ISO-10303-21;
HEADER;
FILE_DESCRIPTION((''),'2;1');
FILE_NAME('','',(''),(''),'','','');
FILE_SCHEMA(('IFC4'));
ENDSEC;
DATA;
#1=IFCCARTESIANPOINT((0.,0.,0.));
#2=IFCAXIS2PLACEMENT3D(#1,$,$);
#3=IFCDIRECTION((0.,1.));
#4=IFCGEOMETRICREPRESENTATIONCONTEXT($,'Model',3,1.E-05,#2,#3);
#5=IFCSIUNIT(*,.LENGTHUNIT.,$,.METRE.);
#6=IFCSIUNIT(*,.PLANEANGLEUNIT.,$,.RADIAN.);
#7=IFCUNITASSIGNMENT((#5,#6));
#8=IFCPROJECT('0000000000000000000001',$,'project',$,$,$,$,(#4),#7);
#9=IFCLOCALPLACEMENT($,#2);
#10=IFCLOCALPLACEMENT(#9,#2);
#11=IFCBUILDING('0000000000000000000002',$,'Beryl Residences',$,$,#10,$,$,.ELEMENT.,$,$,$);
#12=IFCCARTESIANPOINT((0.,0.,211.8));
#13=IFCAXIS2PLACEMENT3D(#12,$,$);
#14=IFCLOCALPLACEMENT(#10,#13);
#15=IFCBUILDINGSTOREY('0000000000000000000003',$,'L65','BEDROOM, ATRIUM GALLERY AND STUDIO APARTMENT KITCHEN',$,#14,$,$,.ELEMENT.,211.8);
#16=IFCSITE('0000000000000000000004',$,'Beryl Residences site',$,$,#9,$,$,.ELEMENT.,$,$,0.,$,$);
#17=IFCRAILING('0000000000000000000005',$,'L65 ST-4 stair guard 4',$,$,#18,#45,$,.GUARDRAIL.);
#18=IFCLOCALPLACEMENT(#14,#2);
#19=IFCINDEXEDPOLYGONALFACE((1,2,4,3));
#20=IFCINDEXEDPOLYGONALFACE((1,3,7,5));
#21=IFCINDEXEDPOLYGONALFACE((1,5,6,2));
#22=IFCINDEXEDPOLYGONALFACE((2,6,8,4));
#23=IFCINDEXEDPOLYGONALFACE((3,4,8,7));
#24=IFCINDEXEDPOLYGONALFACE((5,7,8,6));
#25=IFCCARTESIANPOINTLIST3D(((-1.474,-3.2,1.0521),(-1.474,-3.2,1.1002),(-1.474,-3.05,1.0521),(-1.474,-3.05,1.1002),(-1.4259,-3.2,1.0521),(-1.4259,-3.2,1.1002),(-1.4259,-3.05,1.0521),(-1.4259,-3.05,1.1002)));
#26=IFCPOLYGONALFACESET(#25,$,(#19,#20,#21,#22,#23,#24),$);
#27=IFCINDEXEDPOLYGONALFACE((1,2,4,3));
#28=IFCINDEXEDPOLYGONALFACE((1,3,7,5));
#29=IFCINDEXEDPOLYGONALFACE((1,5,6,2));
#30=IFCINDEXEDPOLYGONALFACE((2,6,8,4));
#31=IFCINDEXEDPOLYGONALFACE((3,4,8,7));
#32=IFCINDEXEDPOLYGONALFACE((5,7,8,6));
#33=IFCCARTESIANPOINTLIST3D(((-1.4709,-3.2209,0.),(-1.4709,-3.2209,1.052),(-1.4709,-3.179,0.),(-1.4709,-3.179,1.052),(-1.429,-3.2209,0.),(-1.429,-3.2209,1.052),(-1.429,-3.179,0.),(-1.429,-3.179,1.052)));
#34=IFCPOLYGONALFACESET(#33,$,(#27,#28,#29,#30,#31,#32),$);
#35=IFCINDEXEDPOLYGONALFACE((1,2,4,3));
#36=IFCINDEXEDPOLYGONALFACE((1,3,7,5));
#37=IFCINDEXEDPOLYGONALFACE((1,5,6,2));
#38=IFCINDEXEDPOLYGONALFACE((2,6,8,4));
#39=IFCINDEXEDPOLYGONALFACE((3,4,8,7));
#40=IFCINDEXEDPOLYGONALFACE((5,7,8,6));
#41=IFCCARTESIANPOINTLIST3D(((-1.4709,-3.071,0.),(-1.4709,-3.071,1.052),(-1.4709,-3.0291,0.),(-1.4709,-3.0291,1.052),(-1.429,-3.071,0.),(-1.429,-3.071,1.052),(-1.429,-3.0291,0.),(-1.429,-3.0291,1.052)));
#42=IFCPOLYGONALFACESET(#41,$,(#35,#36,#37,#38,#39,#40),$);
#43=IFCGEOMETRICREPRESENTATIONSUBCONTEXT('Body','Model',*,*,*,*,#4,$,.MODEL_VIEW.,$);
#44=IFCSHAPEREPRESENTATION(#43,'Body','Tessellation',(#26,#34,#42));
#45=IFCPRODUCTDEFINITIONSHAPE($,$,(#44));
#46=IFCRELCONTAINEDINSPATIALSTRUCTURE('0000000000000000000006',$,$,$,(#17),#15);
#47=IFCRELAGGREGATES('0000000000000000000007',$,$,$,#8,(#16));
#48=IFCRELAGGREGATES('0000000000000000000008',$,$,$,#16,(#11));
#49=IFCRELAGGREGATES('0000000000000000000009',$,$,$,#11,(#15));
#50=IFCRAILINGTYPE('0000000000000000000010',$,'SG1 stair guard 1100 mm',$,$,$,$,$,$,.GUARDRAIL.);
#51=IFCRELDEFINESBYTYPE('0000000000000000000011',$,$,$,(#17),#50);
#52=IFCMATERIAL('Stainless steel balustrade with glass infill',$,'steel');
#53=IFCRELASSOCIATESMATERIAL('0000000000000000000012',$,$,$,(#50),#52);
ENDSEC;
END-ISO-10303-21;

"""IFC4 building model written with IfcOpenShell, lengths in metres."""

from ifc_helpers import new_model, si_unit, direction, frame, origin, origin_2d, place, context, subcontext, project, spatial, rectangle, extrude, material, type_object, element, save


model = new_model("IFC4")

# Units and contexts
model_context = context("Model", 3, precision=1e-05, world=origin(), true_north=direction((0.0, 1.0)))
body_context = subcontext(model_context, "Body", "Model", "MODEL_VIEW")
ifc_project = project(units=[si_unit("LENGTHUNIT", "METRE"), si_unit("PLANEANGLEUNIT", "RADIAN")], contexts=[model_context])

# Site, building, storey
site_placement = place(None, origin())
site = spatial("IfcSite", under=ifc_project, at=site_placement, Name="Beryl Residences site", CompositionType="ELEMENT", RefElevation=0.0)
building_placement = place(site_placement, origin())
building = spatial("IfcBuilding", under=site, at=building_placement, Name="Beryl Residences", CompositionType="ELEMENT")
storey_placement = place(building_placement, frame((0.0, 0.0, 211.8)))
storey = spatial("IfcBuildingStorey", under=building, at=storey_placement, Name="L65", Description="BEDROOM, ATRIUM GALLERY AND STUDIO APARTMENT KITCHEN", CompositionType="ELEMENT", Elevation=211.8)

# Railing
ifc_material_1 = material(Name="Stainless steel balustrade with glass infill", Category="steel")
railing_type = type_object("IfcRailingType", Name="SG1 stair guard 1100 mm", PredefinedType="GUARDRAIL", material=ifc_material_1)
railing_placement = place(storey_placement, frame((-1.45, -3.2, 0.0)))
element("IfcRailing", 1, at=railing_placement, inside=storey, type_object=railing_type, Name="L65 ST-4 stair guard 4", PredefinedType="GUARDRAIL", context=body_context, shape_type="SweptSolid", body=[
    extrude(rectangle(XDim=0.0481, YDim=0.0481, at=origin_2d()), frame((0.0, 0.0, 1.0762), z_axis=(0.0, 1.0, 0.0), x_axis=(-1.0, 0.0, 0.0)), (0.0, 0.0, 1.0), 0.1499),
    extrude(rectangle(XDim=0.042, YDim=0.042, at=origin_2d()), origin(), (0.0, 0.0, 1.0), 1.052),
    extrude(rectangle(XDim=0.042, YDim=0.042, at=origin_2d()), frame((0.0, 0.1499, 0.0)), (0.0, 0.0, 1.0), 1.052),
])

save(model, "model.ifc")
